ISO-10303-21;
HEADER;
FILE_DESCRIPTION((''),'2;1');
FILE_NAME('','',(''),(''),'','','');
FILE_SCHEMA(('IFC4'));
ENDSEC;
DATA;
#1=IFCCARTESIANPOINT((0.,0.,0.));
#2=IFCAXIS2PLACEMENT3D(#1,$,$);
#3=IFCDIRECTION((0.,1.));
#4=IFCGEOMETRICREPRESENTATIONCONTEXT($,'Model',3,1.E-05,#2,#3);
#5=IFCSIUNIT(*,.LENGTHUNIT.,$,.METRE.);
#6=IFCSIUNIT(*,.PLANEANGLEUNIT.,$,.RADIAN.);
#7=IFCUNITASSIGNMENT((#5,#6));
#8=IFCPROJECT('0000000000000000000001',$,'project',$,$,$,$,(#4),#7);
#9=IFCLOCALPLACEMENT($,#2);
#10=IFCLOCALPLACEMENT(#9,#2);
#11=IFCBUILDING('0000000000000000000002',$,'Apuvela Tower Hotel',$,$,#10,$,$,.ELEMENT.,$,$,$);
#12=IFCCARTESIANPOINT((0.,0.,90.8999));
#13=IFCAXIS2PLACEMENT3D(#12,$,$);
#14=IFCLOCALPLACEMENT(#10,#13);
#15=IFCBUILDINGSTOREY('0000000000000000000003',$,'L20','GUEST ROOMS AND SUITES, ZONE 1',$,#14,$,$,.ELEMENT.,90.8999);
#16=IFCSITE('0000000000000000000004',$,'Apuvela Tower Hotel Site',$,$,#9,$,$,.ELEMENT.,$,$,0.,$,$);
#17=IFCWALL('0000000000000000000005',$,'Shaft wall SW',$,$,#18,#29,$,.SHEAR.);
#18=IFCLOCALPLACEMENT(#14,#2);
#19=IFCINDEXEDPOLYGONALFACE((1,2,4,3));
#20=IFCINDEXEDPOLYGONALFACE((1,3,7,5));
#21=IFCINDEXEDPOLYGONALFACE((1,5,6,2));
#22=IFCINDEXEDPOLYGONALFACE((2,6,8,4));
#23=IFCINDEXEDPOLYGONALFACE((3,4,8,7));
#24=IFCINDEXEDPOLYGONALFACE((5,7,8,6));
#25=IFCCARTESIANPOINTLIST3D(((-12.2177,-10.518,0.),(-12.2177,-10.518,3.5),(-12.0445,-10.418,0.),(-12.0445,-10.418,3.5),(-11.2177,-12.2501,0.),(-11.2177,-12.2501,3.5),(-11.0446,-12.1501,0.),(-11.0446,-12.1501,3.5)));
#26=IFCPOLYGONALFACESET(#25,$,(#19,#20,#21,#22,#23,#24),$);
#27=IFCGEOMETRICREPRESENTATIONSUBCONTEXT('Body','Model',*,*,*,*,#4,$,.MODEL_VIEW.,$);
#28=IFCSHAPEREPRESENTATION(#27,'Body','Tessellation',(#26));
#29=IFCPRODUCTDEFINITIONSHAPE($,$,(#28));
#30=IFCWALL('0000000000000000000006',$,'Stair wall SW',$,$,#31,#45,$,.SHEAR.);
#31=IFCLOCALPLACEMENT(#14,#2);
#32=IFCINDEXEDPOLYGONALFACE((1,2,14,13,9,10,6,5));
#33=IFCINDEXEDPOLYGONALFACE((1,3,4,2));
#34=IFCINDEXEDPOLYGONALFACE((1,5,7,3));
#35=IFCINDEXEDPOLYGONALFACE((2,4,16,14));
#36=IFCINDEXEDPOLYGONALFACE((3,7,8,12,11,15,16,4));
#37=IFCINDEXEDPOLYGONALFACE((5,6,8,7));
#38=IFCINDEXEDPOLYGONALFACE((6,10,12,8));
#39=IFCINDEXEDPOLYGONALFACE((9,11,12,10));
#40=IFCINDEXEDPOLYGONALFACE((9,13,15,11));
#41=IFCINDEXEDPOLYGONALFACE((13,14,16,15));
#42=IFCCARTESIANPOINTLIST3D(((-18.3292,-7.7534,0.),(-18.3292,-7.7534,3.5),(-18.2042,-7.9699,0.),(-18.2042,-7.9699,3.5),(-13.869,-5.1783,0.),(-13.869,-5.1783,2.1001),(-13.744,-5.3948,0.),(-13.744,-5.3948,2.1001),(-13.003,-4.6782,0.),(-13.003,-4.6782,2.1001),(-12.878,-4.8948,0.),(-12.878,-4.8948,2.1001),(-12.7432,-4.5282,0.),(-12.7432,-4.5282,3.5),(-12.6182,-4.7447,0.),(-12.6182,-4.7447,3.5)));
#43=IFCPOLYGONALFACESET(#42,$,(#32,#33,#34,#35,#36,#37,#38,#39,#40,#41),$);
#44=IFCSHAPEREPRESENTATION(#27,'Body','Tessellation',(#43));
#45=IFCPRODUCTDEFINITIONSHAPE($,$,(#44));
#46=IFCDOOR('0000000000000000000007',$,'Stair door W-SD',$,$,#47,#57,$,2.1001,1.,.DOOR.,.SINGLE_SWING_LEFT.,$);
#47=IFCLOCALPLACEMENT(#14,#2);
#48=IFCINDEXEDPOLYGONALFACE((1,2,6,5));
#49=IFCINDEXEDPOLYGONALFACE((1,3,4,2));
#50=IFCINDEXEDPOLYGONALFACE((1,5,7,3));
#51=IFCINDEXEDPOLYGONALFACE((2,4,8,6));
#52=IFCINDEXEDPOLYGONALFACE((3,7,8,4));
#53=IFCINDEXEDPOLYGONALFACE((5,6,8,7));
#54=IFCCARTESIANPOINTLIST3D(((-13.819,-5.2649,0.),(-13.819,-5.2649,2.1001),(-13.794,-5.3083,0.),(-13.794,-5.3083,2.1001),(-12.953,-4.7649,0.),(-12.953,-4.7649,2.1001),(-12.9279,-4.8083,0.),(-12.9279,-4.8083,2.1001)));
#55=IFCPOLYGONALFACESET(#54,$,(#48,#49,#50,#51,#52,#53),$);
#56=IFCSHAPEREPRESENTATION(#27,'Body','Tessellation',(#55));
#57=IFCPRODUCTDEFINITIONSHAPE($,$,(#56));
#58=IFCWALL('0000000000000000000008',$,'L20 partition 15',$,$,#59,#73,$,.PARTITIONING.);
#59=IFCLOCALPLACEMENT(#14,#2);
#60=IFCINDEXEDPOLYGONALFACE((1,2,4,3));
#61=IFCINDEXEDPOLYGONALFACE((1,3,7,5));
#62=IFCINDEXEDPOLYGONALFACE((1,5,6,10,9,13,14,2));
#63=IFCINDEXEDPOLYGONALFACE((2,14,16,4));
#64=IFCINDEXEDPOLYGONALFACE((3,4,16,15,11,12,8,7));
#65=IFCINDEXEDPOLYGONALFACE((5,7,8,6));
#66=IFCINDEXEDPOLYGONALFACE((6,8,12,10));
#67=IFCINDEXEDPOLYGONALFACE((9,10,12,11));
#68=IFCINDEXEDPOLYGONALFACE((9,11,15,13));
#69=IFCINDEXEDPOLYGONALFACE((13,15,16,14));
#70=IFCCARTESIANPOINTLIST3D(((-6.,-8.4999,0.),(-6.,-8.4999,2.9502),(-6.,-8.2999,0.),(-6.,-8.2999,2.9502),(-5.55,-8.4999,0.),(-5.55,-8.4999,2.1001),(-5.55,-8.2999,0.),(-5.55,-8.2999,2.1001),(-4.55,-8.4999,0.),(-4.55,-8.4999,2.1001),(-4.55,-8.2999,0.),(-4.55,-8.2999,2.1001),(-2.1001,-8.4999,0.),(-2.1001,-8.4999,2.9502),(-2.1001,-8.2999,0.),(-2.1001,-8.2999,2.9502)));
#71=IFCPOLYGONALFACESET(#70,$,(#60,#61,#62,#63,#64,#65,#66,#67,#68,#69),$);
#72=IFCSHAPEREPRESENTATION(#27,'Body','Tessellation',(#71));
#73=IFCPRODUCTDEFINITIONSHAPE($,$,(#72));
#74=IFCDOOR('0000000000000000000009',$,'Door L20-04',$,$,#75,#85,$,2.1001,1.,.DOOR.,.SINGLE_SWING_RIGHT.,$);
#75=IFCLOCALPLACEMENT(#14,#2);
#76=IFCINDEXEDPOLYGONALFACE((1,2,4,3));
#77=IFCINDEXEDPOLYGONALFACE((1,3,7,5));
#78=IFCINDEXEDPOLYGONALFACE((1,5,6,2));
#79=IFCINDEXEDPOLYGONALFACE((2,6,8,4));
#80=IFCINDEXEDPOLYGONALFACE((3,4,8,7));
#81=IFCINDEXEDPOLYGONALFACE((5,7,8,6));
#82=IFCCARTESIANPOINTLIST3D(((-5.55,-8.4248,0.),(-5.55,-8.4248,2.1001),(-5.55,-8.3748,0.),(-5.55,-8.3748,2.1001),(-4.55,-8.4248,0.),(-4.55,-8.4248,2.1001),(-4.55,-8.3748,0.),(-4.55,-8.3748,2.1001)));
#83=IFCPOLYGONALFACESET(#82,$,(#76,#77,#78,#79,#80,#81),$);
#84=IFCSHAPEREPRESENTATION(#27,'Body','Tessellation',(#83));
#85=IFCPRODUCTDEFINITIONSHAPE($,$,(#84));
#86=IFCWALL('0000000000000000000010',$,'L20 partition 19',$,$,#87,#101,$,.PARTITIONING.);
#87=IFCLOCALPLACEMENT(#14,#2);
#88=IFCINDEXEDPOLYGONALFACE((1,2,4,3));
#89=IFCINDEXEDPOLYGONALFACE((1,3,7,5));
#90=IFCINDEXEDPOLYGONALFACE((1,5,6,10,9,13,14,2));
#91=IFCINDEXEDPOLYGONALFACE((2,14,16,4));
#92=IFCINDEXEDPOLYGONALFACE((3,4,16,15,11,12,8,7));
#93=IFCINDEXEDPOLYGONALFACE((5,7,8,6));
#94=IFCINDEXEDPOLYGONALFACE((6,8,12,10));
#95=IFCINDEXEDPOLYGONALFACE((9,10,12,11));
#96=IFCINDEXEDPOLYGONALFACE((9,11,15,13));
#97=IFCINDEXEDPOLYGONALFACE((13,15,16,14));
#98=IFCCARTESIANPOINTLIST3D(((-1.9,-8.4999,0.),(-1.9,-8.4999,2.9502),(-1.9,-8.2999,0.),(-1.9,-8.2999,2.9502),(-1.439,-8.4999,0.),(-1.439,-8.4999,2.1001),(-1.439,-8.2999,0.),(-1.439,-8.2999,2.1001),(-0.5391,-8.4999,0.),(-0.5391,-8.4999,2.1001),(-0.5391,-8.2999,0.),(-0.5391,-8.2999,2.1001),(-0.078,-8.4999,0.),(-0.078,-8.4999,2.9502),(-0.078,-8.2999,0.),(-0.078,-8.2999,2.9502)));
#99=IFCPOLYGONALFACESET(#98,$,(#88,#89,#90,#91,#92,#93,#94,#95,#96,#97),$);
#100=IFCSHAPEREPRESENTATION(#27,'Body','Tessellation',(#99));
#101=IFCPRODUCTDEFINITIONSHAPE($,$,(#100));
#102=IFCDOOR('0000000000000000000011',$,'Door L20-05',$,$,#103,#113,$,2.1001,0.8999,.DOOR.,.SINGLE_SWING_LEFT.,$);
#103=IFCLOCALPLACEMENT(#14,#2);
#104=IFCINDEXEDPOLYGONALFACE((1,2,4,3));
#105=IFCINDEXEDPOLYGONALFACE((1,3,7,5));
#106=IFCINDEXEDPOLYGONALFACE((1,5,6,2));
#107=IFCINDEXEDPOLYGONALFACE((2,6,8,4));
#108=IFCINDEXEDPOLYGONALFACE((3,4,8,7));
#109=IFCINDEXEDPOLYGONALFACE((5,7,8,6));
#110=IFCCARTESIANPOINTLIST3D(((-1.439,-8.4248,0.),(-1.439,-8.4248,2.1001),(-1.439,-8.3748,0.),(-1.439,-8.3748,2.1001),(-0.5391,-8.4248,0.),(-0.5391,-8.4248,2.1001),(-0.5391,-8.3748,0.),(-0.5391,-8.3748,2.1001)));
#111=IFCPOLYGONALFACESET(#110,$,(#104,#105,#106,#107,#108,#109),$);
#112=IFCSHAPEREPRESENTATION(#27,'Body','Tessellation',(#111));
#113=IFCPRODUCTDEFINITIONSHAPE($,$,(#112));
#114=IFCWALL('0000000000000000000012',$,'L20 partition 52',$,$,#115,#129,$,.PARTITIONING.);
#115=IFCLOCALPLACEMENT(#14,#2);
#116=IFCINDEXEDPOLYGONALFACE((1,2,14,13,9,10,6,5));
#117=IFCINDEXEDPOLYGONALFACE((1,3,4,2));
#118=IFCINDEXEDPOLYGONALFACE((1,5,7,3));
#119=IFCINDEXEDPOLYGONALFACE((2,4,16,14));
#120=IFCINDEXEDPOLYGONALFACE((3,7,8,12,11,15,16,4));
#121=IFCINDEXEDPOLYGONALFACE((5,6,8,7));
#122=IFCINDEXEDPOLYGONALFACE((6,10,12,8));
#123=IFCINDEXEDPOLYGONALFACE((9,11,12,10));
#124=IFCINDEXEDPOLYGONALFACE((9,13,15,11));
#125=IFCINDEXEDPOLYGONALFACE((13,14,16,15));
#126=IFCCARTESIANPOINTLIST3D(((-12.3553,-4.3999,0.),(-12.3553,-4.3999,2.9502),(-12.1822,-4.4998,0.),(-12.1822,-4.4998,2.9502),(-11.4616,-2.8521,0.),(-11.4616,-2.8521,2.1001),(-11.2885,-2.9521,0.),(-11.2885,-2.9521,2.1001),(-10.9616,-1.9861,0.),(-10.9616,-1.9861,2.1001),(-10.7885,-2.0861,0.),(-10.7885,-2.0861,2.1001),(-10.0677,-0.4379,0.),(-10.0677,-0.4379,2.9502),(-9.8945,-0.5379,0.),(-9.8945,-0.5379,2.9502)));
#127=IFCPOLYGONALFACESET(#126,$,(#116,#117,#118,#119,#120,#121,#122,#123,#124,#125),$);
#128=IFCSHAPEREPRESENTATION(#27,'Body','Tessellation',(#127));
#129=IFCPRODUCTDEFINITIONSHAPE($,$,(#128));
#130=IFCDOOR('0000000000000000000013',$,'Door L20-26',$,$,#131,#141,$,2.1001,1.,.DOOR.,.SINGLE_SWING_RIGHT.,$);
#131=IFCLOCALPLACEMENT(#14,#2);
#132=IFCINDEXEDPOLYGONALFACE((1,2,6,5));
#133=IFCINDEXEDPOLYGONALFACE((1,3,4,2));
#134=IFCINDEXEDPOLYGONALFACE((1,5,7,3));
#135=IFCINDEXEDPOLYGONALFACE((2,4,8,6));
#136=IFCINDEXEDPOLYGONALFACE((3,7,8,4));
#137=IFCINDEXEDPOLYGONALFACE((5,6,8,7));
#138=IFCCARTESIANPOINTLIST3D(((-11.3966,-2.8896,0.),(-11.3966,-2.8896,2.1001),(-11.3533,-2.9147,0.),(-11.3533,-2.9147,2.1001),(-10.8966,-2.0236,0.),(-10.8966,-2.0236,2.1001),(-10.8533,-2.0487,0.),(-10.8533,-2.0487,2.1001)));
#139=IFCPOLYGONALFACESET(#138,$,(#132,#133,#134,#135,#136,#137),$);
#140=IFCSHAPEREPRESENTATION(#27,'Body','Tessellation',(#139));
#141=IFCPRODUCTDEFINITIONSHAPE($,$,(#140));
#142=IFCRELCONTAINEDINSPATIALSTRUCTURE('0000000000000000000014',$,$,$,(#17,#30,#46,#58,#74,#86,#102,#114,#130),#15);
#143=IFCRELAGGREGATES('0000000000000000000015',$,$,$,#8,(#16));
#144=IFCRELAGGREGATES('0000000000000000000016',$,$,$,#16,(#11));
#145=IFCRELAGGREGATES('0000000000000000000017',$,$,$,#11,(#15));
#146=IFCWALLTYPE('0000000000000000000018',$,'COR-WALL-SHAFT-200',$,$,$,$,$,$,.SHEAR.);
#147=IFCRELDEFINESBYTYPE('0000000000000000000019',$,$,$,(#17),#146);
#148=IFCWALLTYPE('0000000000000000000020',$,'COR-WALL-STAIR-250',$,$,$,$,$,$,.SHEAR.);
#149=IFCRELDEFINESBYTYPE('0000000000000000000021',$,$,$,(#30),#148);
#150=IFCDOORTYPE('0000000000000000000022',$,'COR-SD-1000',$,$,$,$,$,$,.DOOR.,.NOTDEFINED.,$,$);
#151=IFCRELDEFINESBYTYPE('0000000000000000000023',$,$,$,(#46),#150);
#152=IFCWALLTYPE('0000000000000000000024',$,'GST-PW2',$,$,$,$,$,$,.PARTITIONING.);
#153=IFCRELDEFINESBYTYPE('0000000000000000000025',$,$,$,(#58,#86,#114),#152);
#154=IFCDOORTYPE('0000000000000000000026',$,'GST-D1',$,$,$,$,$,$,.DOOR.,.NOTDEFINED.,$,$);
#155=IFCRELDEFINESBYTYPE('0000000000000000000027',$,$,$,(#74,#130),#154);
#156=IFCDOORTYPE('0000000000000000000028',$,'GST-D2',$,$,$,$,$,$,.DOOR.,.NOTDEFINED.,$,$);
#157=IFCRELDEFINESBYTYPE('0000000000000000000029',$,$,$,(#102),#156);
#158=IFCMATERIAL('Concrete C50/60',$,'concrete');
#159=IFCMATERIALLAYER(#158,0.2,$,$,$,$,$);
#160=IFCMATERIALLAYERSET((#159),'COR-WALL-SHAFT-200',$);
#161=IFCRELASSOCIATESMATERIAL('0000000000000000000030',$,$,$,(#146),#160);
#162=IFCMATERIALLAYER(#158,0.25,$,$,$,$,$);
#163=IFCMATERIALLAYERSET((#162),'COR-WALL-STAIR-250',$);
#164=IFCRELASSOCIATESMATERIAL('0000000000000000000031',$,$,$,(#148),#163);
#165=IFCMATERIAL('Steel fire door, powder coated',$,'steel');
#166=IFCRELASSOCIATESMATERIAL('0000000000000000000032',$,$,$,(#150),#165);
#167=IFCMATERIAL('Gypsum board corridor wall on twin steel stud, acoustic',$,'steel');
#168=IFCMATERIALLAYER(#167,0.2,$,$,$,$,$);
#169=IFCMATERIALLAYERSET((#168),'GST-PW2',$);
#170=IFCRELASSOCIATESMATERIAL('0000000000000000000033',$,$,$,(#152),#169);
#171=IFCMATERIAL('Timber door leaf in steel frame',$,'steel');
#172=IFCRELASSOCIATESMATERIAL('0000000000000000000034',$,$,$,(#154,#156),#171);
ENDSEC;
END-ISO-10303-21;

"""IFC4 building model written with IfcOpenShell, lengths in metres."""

from ifc_helpers import new_model, si_unit, direction, frame, frame_2d, origin, place, context, subcontext, project, spatial, rectangle, extrude, material, layer, layer_set, type_object, element, fill, save


model = new_model("IFC4")

# Units and contexts
model_context = context("Model", 3, precision=1e-05, world=origin(), true_north=direction((0.0, 1.0)))
body_context = subcontext(model_context, "Body", "Model", "MODEL_VIEW")
ifc_project = project(units=[si_unit("LENGTHUNIT", "METRE"), si_unit("PLANEANGLEUNIT", "RADIAN")], contexts=[model_context])

# Site, building, storey
site_placement = place(None, origin())
site = spatial("IfcSite", under=ifc_project, at=site_placement, Name="Apuvela Tower Hotel Site", CompositionType="ELEMENT", RefElevation=0.0)
building_placement = place(site_placement, origin())
building = spatial("IfcBuilding", under=site, at=building_placement, Name="Apuvela Tower Hotel", CompositionType="ELEMENT")
storey_placement = place(building_placement, frame((0.0, 0.0, 90.8999)))
storey = spatial("IfcBuildingStorey", under=building, at=storey_placement, Name="L20", Description="GUEST ROOMS AND SUITES, ZONE 1", CompositionType="ELEMENT", Elevation=90.8999)

# Shared definitions
ifc_material_1 = material(Name="Concrete C50/60", Category="concrete")

# Shared definitions
ifc_layer_1 = layer(ifc_material_1, 0.2)
ifc_layer_set_1 = layer_set([ifc_layer_1], Name="COR-WALL-SHAFT-200")
wall_type_1 = type_object("IfcWallType", Name="COR-WALL-SHAFT-200", PredefinedType="SHEAR", material=ifc_layer_set_1)

# Shared definitions
ifc_material_2 = material(Name="Steel fire door, powder coated", Category="steel")

# Wall
wall_1_placement = place(storey_placement, frame((-12.1311, -10.468, 0.0), z_axis=(0.0, 0.0, 1.0), x_axis=(0.499973, -0.866041, 0.0)))
element("IfcWall", 1, at=wall_1_placement, inside=storey, type_object=wall_type_1, Name="Shaft wall SW", PredefinedType="SHEAR", context=body_context, shape_type="SweptSolid", body=[
    extrude(rectangle(XDim=2.0, YDim=0.2, at=frame_2d((1.0, 0.0))), origin(), (0.0, 0.0, 1.0), 3.5),
])

# Walls, openings, doors
ifc_layer_2 = layer(ifc_material_1, 0.25)
ifc_layer_set_2 = layer_set([ifc_layer_2], Name="COR-WALL-STAIR-250")
wall_type_2 = type_object("IfcWallType", Name="COR-WALL-STAIR-250", PredefinedType="SHEAR", material=ifc_layer_set_2)
wall_2_placement = place(storey_placement, frame((-12.6807, -4.6365, 0.0), z_axis=(0.0, 0.0, 1.0), x_axis=(-0.866022, -0.500006, 0.0)))
wall_2 = element("IfcWall", 2, at=wall_2_placement, inside=storey, type_object=wall_type_2, Name="Stair wall SW", PredefinedType="SHEAR", context=body_context, shape_type="SweptSolid", body=[
    extrude(rectangle(XDim=6.4502, YDim=0.25, at=frame_2d((3.2251, 0.0))), origin(), (0.0, 0.0, 1.0), 3.5),
])
opening_1_placement = place(wall_2_placement, frame((0.3, 0.0, 0.0)))
opening_1 = element("IfcOpeningElement", 3, at=opening_1_placement, cuts=wall_2, PredefinedType="OPENING", context=body_context, shape_type="SweptSolid", body=[
    extrude(rectangle(XDim=1.0, YDim=2.1001, at=frame_2d((0.5, 1.05))), frame((0.0, 0.135, 0.0), z_axis=(0.0, -1.0, 0.0), x_axis=(1.0, 0.0, 0.0)), (0.0, 0.0, 1.0), 0.27),
])
door_type_1 = type_object("IfcDoorType", Name="COR-SD-1000", OperationType="NOTDEFINED", PredefinedType="DOOR", material=ifc_material_2)
door_1_placement = place(opening_1_placement, frame((1.0, 0.0, 0.0), z_axis=(0.0, 0.0, 1.0), x_axis=(-1.0, 0.0, 0.0)))
door_1 = element("IfcDoor", 4, at=door_1_placement, inside=storey, type_object=door_type_1, Name="Stair door W-SD", OperationType="SINGLE_SWING_LEFT", OverallHeight=2.1001, OverallWidth=1.0, PredefinedType="DOOR", context=body_context, shape_type="SweptSolid", body=[
    extrude(rectangle(XDim=1.0, YDim=2.1001, at=frame_2d((0.5, 1.05))), frame((0.0, 0.0249, 0.0), z_axis=(0.0, -1.0, 0.0), x_axis=(1.0, 0.0, 0.0)), (0.0, 0.0, 1.0), 0.05),
])
fill(opening_1, door_1)
ifc_material_3 = material(Name="Gypsum board corridor wall on twin steel stud, acoustic", Category="steel")
ifc_layer_3 = layer(ifc_material_3, 0.2)
ifc_layer_set_3 = layer_set([ifc_layer_3], Name="GST-PW2")
wall_type_3 = type_object("IfcWallType", Name="GST-PW2", PredefinedType="PARTITIONING", material=ifc_layer_set_3)
ifc_material_4 = material(Name="Timber door leaf in steel frame", Category="steel")
door_type_2 = type_object("IfcDoorType", Name="GST-D1", OperationType="NOTDEFINED", PredefinedType="DOOR", material=ifc_material_4)
wall_3_placement = place(storey_placement, frame((-2.1001, -8.3999, 0.0), z_axis=(0.0, 0.0, 1.0), x_axis=(-1.0, 0.0, 0.0)))
wall_3 = element("IfcWall", 5, at=wall_3_placement, inside=storey, type_object=wall_type_3, Name="L20 partition 15", PredefinedType="PARTITIONING", context=body_context, shape_type="SweptSolid", body=[
    extrude(rectangle(XDim=3.8999, YDim=0.2, at=frame_2d((1.95, 0.0))), origin(), (0.0, 0.0, 1.0), 2.9502),
])
opening_2_placement = place(wall_3_placement, frame((2.45, 0.0, 0.0)))
opening_2 = element("IfcOpeningElement", 6, at=opening_2_placement, cuts=wall_3, PredefinedType="OPENING", context=body_context, shape_type="SweptSolid", body=[
    extrude(rectangle(XDim=1.0, YDim=2.1001, at=frame_2d((0.5, 1.05))), frame((0.0, 0.1099, 0.0), z_axis=(0.0, -1.0, 0.0), x_axis=(1.0, 0.0, 0.0)), (0.0, 0.0, 1.0), 0.22),
])
door_2_placement = place(opening_2_placement, origin())
door_2 = element("IfcDoor", 7, at=door_2_placement, inside=storey, type_object=door_type_2, Name="Door L20-04", OperationType="SINGLE_SWING_RIGHT", OverallHeight=2.1001, OverallWidth=1.0, PredefinedType="DOOR", context=body_context, shape_type="SweptSolid", body=[
    extrude(rectangle(XDim=1.0, YDim=2.1001, at=frame_2d((0.5, 1.05))), frame((0.0, 0.0249, 0.0), z_axis=(0.0, -1.0, 0.0), x_axis=(1.0, 0.0, 0.0)), (0.0, 0.0, 1.0), 0.05),
])
fill(opening_2, door_2)
wall_4_placement = place(storey_placement, frame((-0.0779, -8.3999, 0.0), z_axis=(0.0, 0.0, 1.0), x_axis=(-1.0, 0.0, 0.0)))
wall_4 = element("IfcWall", 8, at=wall_4_placement, inside=storey, type_object=wall_type_3, Name="L20 partition 19", PredefinedType="PARTITIONING", context=body_context, shape_type="SweptSolid", body=[
    extrude(rectangle(XDim=1.822, YDim=0.2, at=frame_2d((0.9111, 0.0))), origin(), (0.0, 0.0, 1.0), 2.9502),
])
opening_3_placement = place(wall_4_placement, frame((0.4612, 0.0, 0.0)))
opening_3 = element("IfcOpeningElement", 9, at=opening_3_placement, cuts=wall_4, PredefinedType="OPENING", context=body_context, shape_type="SweptSolid", body=[
    extrude(rectangle(XDim=0.8999, YDim=2.1001, at=frame_2d((0.45, 1.05))), frame((0.0, 0.1099, 0.0), z_axis=(0.0, -1.0, 0.0), x_axis=(1.0, 0.0, 0.0)), (0.0, 0.0, 1.0), 0.22),
])
door_type_3 = type_object("IfcDoorType", Name="GST-D2", OperationType="NOTDEFINED", PredefinedType="DOOR", material=ifc_material_4)
door_3_placement = place(opening_3_placement, origin())
door_3 = element("IfcDoor", 10, at=door_3_placement, inside=storey, type_object=door_type_3, Name="Door L20-05", OperationType="SINGLE_SWING_LEFT", OverallHeight=2.1001, OverallWidth=0.8999, PredefinedType="DOOR", context=body_context, shape_type="SweptSolid", body=[
    extrude(rectangle(XDim=0.8999, YDim=2.1001, at=frame_2d((0.45, 1.05))), frame((0.0, 0.0249, 0.0), z_axis=(0.0, -1.0, 0.0), x_axis=(1.0, 0.0, 0.0)), (0.0, 0.0, 1.0), 0.05),
])
fill(opening_3, door_3)
wall_5_placement = place(storey_placement, frame((-12.2688, -4.45, 0.0), z_axis=(0.0, 0.0, 1.0), x_axis=(0.50003, 0.866008, 0.0)))
wall_5 = element("IfcWall", 11, at=wall_5_placement, inside=storey, type_object=wall_type_3, Name="L20 partition 52", PredefinedType="PARTITIONING", context=body_context, shape_type="SweptSolid", body=[
    extrude(rectangle(XDim=4.575, YDim=0.2, at=frame_2d((2.2876, 0.0))), origin(), (0.0, 0.0, 1.0), 2.9502),
])
opening_4_placement = place(wall_5_placement, frame((1.7874, 0.0, 0.0)))
opening_4 = element("IfcOpeningElement", 12, at=opening_4_placement, cuts=wall_5, PredefinedType="OPENING", context=body_context, shape_type="SweptSolid", body=[
    extrude(rectangle(XDim=1.0, YDim=2.1001, at=frame_2d((0.5, 1.05))), frame((0.0, 0.1099, 0.0), z_axis=(0.0, -1.0, 0.0), x_axis=(1.0, 0.0, 0.0)), (0.0, 0.0, 1.0), 0.22),
])
door_4_placement = place(opening_4_placement, origin())
door_4 = element("IfcDoor", 13, at=door_4_placement, inside=storey, type_object=door_type_2, Name="Door L20-26", OperationType="SINGLE_SWING_RIGHT", OverallHeight=2.1001, OverallWidth=1.0, PredefinedType="DOOR", context=body_context, shape_type="SweptSolid", body=[
    extrude(rectangle(XDim=1.0, YDim=2.1001, at=frame_2d((0.5, 1.05))), frame((0.0, 0.0249, 0.0), z_axis=(0.0, -1.0, 0.0), x_axis=(1.0, 0.0, 0.0)), (0.0, 0.0, 1.0), 0.05),
])
fill(opening_4, door_4)

save(model, "model.ifc")
